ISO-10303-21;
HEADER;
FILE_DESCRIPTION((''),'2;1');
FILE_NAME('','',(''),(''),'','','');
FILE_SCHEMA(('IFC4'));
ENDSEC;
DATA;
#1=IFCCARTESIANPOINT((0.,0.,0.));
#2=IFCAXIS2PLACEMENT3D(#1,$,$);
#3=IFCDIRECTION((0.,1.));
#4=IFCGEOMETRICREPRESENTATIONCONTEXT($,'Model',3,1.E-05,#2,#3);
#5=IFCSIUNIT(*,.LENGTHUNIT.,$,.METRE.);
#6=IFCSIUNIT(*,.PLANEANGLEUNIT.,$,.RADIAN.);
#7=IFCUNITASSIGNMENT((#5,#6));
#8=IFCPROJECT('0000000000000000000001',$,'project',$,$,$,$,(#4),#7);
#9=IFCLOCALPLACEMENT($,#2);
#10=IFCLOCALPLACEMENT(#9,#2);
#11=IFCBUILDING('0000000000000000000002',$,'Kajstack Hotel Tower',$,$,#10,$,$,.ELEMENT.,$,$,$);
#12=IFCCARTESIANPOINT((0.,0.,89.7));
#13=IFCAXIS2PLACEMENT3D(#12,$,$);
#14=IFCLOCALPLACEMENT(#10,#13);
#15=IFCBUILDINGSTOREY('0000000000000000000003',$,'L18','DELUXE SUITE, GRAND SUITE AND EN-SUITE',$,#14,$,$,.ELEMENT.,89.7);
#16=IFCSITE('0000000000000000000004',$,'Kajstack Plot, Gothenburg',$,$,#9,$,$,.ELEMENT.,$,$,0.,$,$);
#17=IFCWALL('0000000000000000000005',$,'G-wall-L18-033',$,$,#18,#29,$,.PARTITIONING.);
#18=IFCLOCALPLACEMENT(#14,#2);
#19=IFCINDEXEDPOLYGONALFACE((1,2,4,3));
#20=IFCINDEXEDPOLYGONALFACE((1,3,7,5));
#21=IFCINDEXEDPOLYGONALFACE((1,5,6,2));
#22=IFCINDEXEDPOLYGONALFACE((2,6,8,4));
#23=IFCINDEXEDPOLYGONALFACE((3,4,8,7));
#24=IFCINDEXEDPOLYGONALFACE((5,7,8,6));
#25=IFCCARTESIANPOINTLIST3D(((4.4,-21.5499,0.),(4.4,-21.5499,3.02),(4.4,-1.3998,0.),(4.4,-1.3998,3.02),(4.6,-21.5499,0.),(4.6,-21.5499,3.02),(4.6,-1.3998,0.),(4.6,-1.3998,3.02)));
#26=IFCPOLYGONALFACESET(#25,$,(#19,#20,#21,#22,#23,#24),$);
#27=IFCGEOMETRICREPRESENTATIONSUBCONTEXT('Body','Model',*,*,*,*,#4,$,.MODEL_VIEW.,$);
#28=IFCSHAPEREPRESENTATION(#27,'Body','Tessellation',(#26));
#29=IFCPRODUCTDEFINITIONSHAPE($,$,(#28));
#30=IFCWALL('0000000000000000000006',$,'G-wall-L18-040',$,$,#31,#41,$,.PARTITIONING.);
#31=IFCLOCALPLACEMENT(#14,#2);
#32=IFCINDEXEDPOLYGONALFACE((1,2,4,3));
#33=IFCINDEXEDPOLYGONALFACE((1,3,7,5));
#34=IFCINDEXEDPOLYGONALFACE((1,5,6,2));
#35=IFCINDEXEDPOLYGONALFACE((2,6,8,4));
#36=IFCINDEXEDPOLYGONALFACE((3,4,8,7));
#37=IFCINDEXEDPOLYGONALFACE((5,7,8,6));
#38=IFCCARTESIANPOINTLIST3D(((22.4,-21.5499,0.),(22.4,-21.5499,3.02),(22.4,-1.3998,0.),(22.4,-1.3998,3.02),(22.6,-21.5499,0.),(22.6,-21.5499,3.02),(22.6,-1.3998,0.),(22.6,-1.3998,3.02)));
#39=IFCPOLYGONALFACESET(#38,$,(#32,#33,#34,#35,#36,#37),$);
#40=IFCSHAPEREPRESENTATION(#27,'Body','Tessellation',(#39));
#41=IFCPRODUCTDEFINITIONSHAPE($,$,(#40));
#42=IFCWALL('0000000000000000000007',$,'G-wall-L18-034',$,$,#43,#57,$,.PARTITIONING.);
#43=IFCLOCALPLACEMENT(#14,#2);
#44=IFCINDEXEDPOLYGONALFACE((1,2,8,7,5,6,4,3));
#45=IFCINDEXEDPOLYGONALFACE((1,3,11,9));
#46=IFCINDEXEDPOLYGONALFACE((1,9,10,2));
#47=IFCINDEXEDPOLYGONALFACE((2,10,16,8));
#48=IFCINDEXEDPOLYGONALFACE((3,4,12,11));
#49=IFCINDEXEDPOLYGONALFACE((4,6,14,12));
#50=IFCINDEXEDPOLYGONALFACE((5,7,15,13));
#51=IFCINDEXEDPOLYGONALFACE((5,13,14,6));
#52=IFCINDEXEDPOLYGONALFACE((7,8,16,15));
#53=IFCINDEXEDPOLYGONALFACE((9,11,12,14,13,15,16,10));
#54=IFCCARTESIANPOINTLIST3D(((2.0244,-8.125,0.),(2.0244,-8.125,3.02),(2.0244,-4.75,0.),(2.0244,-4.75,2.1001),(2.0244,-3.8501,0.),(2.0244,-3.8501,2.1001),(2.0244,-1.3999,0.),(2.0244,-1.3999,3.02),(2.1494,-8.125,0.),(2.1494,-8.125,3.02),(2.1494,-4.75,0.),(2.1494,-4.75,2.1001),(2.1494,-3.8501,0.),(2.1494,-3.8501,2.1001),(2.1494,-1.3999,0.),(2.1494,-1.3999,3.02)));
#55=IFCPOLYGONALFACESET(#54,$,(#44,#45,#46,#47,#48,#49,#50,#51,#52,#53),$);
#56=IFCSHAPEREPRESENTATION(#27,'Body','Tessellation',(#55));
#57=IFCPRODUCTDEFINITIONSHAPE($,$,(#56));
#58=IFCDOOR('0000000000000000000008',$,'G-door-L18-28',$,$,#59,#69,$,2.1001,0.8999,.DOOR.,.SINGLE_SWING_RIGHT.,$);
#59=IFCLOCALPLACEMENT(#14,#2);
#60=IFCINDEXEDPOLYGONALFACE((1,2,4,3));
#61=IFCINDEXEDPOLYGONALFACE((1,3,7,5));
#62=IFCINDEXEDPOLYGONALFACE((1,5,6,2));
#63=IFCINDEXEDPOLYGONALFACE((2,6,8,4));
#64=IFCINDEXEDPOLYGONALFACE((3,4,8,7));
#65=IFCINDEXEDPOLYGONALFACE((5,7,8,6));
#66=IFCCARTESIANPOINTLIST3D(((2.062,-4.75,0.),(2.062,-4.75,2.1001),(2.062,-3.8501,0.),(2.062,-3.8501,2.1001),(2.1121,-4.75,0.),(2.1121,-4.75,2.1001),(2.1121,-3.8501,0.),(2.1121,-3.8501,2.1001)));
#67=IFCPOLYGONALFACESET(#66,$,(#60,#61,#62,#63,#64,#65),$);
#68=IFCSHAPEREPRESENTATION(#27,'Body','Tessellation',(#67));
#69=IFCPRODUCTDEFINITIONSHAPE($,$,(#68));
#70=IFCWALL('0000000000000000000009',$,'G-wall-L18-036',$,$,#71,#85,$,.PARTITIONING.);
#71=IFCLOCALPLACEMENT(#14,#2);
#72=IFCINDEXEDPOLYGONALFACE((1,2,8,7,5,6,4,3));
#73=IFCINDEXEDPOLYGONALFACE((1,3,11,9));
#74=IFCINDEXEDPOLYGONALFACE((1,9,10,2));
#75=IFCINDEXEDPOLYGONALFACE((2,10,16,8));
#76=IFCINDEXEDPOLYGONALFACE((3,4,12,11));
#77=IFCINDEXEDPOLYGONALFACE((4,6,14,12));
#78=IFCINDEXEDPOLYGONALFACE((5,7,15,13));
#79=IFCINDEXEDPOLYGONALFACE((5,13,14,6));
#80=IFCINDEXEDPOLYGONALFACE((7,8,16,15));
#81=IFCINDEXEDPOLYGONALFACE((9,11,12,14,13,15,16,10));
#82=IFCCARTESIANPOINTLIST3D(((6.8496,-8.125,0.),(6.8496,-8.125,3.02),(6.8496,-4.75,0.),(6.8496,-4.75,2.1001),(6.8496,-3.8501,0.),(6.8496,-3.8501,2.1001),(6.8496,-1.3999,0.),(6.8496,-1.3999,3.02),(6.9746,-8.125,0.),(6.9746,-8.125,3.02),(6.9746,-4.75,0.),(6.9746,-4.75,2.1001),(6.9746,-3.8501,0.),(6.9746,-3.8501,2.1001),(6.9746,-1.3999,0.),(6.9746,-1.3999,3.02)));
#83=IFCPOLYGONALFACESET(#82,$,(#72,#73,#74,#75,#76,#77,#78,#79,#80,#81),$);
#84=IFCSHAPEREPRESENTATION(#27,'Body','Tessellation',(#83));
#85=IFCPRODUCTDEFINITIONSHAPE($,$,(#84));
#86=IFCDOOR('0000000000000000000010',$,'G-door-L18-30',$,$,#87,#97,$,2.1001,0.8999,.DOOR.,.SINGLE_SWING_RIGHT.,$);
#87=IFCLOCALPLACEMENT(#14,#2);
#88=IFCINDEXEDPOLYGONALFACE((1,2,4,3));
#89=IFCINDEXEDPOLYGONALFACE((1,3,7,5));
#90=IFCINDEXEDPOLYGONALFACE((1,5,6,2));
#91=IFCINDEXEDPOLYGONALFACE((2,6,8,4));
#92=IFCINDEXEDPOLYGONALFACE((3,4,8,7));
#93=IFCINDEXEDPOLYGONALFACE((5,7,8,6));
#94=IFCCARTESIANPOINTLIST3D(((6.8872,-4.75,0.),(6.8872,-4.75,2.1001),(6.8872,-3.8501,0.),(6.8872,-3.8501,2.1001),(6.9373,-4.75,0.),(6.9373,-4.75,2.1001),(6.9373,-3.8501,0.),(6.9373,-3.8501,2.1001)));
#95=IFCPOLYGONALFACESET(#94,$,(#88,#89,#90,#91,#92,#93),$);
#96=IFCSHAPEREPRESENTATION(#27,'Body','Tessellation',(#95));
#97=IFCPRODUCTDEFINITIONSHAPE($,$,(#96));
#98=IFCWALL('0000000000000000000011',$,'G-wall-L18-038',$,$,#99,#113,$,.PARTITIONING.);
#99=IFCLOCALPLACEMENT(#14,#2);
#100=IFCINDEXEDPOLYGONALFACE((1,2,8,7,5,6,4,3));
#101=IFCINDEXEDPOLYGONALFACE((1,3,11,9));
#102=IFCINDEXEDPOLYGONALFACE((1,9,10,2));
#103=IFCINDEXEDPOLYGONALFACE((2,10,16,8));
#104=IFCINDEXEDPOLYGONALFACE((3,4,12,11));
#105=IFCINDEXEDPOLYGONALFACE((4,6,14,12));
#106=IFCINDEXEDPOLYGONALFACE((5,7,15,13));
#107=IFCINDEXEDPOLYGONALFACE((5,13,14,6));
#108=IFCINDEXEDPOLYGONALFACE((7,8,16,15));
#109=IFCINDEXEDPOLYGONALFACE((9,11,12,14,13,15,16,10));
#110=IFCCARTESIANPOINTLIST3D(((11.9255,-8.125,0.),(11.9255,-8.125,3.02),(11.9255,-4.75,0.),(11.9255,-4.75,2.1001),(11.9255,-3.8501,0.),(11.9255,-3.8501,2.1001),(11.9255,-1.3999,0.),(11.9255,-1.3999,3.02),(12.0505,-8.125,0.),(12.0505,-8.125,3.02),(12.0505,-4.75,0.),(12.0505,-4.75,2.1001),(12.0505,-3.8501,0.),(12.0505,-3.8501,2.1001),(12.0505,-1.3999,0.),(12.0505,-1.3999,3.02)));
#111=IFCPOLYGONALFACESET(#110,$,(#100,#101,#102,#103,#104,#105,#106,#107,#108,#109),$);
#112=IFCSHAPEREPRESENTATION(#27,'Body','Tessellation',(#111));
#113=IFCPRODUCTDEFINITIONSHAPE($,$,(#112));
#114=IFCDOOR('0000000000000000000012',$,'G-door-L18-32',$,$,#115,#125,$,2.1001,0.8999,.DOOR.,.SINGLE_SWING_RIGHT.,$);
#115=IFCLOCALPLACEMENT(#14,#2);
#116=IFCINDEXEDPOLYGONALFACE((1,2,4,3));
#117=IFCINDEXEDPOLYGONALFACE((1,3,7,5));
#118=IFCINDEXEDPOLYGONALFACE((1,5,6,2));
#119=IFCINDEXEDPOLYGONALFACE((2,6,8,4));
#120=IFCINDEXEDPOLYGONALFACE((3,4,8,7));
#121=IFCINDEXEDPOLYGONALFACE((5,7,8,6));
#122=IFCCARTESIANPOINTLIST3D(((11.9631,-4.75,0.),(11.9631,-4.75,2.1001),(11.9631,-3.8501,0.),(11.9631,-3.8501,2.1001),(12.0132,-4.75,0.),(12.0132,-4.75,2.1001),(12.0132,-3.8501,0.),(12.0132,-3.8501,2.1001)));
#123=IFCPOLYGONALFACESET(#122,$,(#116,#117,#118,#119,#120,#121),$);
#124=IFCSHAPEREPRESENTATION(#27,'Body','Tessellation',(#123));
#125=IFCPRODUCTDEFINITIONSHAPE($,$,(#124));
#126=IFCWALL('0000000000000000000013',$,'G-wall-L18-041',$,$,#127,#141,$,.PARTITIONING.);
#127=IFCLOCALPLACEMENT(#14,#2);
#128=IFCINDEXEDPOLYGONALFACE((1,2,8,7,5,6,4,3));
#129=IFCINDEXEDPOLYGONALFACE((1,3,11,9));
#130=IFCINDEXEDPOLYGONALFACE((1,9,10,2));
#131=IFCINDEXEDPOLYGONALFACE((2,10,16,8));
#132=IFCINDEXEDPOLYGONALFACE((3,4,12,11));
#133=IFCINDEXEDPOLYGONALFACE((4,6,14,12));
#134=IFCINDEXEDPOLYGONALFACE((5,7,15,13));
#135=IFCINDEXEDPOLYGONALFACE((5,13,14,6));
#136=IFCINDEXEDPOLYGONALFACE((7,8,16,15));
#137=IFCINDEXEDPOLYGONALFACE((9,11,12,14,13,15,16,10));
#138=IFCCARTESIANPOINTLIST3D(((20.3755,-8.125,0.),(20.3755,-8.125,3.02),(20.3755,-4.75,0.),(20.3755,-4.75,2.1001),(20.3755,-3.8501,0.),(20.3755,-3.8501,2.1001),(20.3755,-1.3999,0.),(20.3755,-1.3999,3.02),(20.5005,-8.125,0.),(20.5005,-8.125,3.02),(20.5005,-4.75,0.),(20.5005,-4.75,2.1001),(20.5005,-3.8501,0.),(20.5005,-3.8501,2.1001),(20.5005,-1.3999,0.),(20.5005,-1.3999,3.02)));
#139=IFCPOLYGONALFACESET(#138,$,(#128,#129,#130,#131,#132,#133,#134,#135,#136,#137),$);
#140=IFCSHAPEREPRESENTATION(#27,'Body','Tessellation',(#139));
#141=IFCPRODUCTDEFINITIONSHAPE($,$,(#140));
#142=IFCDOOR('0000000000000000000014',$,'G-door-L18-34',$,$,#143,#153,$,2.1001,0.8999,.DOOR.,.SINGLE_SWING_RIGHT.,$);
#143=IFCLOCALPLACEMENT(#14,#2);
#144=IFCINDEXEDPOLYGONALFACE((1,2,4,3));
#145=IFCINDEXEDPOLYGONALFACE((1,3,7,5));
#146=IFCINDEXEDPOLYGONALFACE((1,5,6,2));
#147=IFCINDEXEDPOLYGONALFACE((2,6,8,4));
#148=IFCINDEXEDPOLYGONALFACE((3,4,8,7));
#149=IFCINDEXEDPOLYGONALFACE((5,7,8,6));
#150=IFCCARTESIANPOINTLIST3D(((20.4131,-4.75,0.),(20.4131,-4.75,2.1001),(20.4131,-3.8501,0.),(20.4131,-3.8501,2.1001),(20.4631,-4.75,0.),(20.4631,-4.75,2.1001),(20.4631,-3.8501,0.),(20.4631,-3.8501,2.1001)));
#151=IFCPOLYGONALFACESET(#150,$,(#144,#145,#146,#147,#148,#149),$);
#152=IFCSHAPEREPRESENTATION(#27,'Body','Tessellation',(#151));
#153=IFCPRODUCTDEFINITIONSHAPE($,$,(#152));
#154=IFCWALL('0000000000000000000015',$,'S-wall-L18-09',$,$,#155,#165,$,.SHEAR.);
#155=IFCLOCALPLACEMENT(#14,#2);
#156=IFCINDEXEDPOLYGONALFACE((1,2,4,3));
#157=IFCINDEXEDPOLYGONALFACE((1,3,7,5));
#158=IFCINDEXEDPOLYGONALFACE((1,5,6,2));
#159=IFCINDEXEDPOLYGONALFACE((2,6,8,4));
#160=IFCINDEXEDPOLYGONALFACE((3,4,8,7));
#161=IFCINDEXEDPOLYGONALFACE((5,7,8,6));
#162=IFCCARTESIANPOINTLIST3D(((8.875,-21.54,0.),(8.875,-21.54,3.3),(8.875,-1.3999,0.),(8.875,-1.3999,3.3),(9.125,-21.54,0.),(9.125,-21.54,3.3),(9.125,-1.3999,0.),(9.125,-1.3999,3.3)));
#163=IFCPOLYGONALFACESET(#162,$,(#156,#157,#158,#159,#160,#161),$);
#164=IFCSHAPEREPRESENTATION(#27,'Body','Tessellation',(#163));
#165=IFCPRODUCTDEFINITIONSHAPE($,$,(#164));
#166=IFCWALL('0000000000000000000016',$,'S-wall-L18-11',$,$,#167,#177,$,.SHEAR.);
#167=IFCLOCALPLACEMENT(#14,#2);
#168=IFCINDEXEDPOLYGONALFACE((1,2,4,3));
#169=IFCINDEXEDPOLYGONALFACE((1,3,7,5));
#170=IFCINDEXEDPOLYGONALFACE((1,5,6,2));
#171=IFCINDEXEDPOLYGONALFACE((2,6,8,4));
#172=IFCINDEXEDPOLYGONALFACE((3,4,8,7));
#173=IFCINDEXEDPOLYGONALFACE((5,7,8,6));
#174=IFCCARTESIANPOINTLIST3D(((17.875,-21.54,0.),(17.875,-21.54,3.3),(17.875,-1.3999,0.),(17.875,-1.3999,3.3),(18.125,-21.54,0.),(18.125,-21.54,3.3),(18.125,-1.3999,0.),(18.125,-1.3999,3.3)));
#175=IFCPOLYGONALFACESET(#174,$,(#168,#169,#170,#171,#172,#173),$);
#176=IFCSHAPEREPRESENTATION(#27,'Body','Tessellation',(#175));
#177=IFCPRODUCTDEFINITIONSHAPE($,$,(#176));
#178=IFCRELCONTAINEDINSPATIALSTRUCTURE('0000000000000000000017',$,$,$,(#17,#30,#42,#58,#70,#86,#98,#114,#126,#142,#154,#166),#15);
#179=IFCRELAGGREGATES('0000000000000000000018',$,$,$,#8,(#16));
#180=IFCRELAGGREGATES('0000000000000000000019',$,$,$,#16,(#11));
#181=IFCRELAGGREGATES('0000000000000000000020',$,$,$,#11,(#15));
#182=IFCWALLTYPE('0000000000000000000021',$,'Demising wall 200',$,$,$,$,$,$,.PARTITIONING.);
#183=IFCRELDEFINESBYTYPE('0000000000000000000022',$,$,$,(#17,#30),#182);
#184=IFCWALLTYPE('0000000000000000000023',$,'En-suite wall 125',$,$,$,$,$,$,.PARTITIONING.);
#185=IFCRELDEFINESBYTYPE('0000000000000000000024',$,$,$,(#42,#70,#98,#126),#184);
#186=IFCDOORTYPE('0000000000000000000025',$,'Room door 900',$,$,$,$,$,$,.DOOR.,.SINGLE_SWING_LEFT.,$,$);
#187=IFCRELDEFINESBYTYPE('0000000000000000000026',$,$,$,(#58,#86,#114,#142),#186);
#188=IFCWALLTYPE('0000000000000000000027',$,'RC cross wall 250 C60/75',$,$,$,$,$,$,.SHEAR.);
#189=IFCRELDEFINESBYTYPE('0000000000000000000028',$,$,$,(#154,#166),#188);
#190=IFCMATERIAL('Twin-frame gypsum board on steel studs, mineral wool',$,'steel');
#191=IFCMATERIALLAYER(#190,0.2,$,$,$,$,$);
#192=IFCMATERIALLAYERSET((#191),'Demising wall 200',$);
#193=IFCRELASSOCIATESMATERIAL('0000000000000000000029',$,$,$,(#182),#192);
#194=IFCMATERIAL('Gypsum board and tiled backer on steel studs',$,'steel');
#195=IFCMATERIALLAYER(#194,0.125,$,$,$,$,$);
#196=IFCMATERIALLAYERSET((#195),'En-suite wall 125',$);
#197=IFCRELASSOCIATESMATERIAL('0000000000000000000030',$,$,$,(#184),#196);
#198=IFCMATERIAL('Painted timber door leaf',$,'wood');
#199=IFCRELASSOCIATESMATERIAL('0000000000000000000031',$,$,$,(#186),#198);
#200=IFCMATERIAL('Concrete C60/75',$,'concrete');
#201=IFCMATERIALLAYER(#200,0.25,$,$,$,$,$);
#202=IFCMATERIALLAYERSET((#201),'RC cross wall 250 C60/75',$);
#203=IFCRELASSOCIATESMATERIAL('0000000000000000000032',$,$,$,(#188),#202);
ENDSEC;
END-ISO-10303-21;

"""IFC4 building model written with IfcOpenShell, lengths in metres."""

from ifc_helpers import new_model, si_unit, direction, frame, frame_2d, origin, place, context, subcontext, project, spatial, rectangle, extrude, material, layer, layer_set, type_object, element, fill, save


model = new_model("IFC4")

# Units and contexts
model_context = context("Model", 3, precision=1e-05, world=origin(), true_north=direction((0.0, 1.0)))
body_context = subcontext(model_context, "Body", "Model", "MODEL_VIEW")
ifc_project = project(units=[si_unit("LENGTHUNIT", "METRE"), si_unit("PLANEANGLEUNIT", "RADIAN")], contexts=[model_context])

# Site, building, storey
site_placement = place(None, origin())
site = spatial("IfcSite", under=ifc_project, at=site_placement, Name="Kajstack Plot, Gothenburg", CompositionType="ELEMENT", RefElevation=0.0)
building_placement = place(site_placement, origin())
building = spatial("IfcBuilding", under=site, at=building_placement, Name="Kajstack Hotel Tower", CompositionType="ELEMENT")
storey_placement = place(building_placement, frame((0.0, 0.0, 89.7)))
storey = spatial("IfcBuildingStorey", under=building, at=storey_placement, Name="L18", Description="DELUXE SUITE, GRAND SUITE AND EN-SUITE", CompositionType="ELEMENT", Elevation=89.7)

# Walls
ifc_material_1 = material(Name="Twin-frame gypsum board on steel studs, mineral wool", Category="steel")
ifc_layer_1 = layer(ifc_material_1, 0.2)
ifc_layer_set_1 = layer_set([ifc_layer_1], Name="Demising wall 200")
wall_type_1 = type_object("IfcWallType", Name="Demising wall 200", PredefinedType="PARTITIONING", material=ifc_layer_set_1)
for number, where, z_axis, x_axis, name in (
    (1, (4.5, -21.55, 0.0), (0.0, 0.0, 1.0), (0.0, 1.0, 0.0), "G-wall-L18-033"),
    (2, (22.5, -21.55, 0.0), (0.0, 0.0, 1.0), (0.0, 1.0, 0.0), "G-wall-L18-040"),
):
    element("IfcWall", number, at=place(storey_placement, frame(where, z_axis=z_axis, x_axis=x_axis)), inside=storey, type_object=wall_type_1, Name=name, PredefinedType="PARTITIONING", context=body_context, shape_type="SweptSolid", body=[
        extrude(rectangle(XDim=20.1501, YDim=0.2, at=frame_2d((10.0752, 0.0))), origin(), (0.0, 0.0, 1.0), 3.02),
    ])

# Walls, openings, doors
ifc_material_2 = material(Name="Gypsum board and tiled backer on steel studs", Category="steel")
ifc_layer_2 = layer(ifc_material_2, 0.125)
ifc_layer_set_2 = layer_set([ifc_layer_2], Name="En-suite wall 125")
wall_type_2 = type_object("IfcWallType", Name="En-suite wall 125", PredefinedType="PARTITIONING", material=ifc_layer_set_2)
wall_1_placement = place(storey_placement, frame((2.0869, -8.125, 0.0), z_axis=(0.0, 0.0, 1.0), x_axis=(0.0, 1.0, 0.0)))
wall_1 = element("IfcWall", 3, at=wall_1_placement, inside=storey, type_object=wall_type_2, Name="G-wall-L18-034", PredefinedType="PARTITIONING", context=body_context, shape_type="SweptSolid", body=[
    extrude(rectangle(XDim=6.7251, YDim=0.125, at=frame_2d((3.3625, 0.0))), origin(), (0.0, 0.0, 1.0), 3.02),
])
opening_1_placement = place(wall_1_placement, frame((3.375, 0.0, 0.0)))
opening_1 = element("IfcOpeningElement", 4, at=opening_1_placement, cuts=wall_1, PredefinedType="OPENING", context=body_context, shape_type="SweptSolid", body=[
    extrude(rectangle(XDim=0.8999, YDim=2.1001, at=frame_2d((0.45, 1.05))), frame((0.0, 0.0725, 0.0), z_axis=(0.0, -1.0, 0.0), x_axis=(1.0, 0.0, 0.0)), (0.0, 0.0, 1.0), 0.145),
])
ifc_material_3 = material(Name="Painted timber door leaf", Category="wood")
door_type = type_object("IfcDoorType", Name="Room door 900", OperationType="SINGLE_SWING_LEFT", PredefinedType="DOOR", material=ifc_material_3)
door_1_placement = place(opening_1_placement, origin())
door_1 = element("IfcDoor", 5, at=door_1_placement, inside=storey, type_object=door_type, Name="G-door-L18-28", OperationType="SINGLE_SWING_RIGHT", OverallHeight=2.1001, OverallWidth=0.8999, PredefinedType="DOOR", context=body_context, shape_type="SweptSolid", body=[
    extrude(rectangle(XDim=0.8999, YDim=2.1001, at=frame_2d((0.45, 1.05))), frame((0.0, 0.0249, 0.0), z_axis=(0.0, -1.0, 0.0), x_axis=(1.0, 0.0, 0.0)), (0.0, 0.0, 1.0), 0.05),
])
fill(opening_1, door_1)
wall_2_placement = place(storey_placement, frame((6.9121, -8.125, 0.0), z_axis=(0.0, 0.0, 1.0), x_axis=(0.0, 1.0, 0.0)))
wall_2 = element("IfcWall", 6, at=wall_2_placement, inside=storey, type_object=wall_type_2, Name="G-wall-L18-036", PredefinedType="PARTITIONING", context=body_context, shape_type="SweptSolid", body=[
    extrude(rectangle(XDim=6.7251, YDim=0.125, at=frame_2d((3.3625, 0.0))), origin(), (0.0, 0.0, 1.0), 3.02),
])
opening_2_placement = place(wall_2_placement, frame((3.375, 0.0, 0.0)))
opening_2 = element("IfcOpeningElement", 7, at=opening_2_placement, cuts=wall_2, PredefinedType="OPENING", context=body_context, shape_type="SweptSolid", body=[
    extrude(rectangle(XDim=0.8999, YDim=2.1001, at=frame_2d((0.45, 1.05))), frame((0.0, 0.0725, 0.0), z_axis=(0.0, -1.0, 0.0), x_axis=(1.0, 0.0, 0.0)), (0.0, 0.0, 1.0), 0.145),
])
door_2_placement = place(opening_2_placement, origin())
door_2 = element("IfcDoor", 8, at=door_2_placement, inside=storey, type_object=door_type, Name="G-door-L18-30", OperationType="SINGLE_SWING_RIGHT", OverallHeight=2.1001, OverallWidth=0.8999, PredefinedType="DOOR", context=body_context, shape_type="SweptSolid", body=[
    extrude(rectangle(XDim=0.8999, YDim=2.1001, at=frame_2d((0.45, 1.05))), frame((0.0, 0.0249, 0.0), z_axis=(0.0, -1.0, 0.0), x_axis=(1.0, 0.0, 0.0)), (0.0, 0.0, 1.0), 0.05),
])
fill(opening_2, door_2)
wall_3_placement = place(storey_placement, frame((11.988, -8.125, 0.0), z_axis=(0.0, 0.0, 1.0), x_axis=(0.0, 1.0, 0.0)))
wall_3 = element("IfcWall", 9, at=wall_3_placement, inside=storey, type_object=wall_type_2, Name="G-wall-L18-038", PredefinedType="PARTITIONING", context=body_context, shape_type="SweptSolid", body=[
    extrude(rectangle(XDim=6.7251, YDim=0.125, at=frame_2d((3.3625, 0.0))), origin(), (0.0, 0.0, 1.0), 3.02),
])
opening_3_placement = place(wall_3_placement, frame((3.375, 0.0, 0.0)))
opening_3 = element("IfcOpeningElement", 10, at=opening_3_placement, cuts=wall_3, PredefinedType="OPENING", context=body_context, shape_type="SweptSolid", body=[
    extrude(rectangle(XDim=0.8999, YDim=2.1001, at=frame_2d((0.45, 1.05))), frame((0.0, 0.0725, 0.0), z_axis=(0.0, -1.0, 0.0), x_axis=(1.0, 0.0, 0.0)), (0.0, 0.0, 1.0), 0.145),
])
door_3_placement = place(opening_3_placement, origin())
door_3 = element("IfcDoor", 11, at=door_3_placement, inside=storey, type_object=door_type, Name="G-door-L18-32", OperationType="SINGLE_SWING_RIGHT", OverallHeight=2.1001, OverallWidth=0.8999, PredefinedType="DOOR", context=body_context, shape_type="SweptSolid", body=[
    extrude(rectangle(XDim=0.8999, YDim=2.1001, at=frame_2d((0.45, 1.05))), frame((0.0, 0.0249, 0.0), z_axis=(0.0, -1.0, 0.0), x_axis=(1.0, 0.0, 0.0)), (0.0, 0.0, 1.0), 0.05),
])
fill(opening_3, door_3)
wall_4_placement = place(storey_placement, frame((20.438, -8.125, 0.0), z_axis=(0.0, 0.0, 1.0), x_axis=(0.0, 1.0, 0.0)))
wall_4 = element("IfcWall", 12, at=wall_4_placement, inside=storey, type_object=wall_type_2, Name="G-wall-L18-041", PredefinedType="PARTITIONING", context=body_context, shape_type="SweptSolid", body=[
    extrude(rectangle(XDim=6.7251, YDim=0.125, at=frame_2d((3.3625, 0.0))), origin(), (0.0, 0.0, 1.0), 3.02),
])
opening_4_placement = place(wall_4_placement, frame((3.375, 0.0, 0.0)))
opening_4 = element("IfcOpeningElement", 13, at=opening_4_placement, cuts=wall_4, PredefinedType="OPENING", context=body_context, shape_type="SweptSolid", body=[
    extrude(rectangle(XDim=0.8999, YDim=2.1001, at=frame_2d((0.45, 1.05))), frame((0.0, 0.0725, 0.0), z_axis=(0.0, -1.0, 0.0), x_axis=(1.0, 0.0, 0.0)), (0.0, 0.0, 1.0), 0.145),
])
door_4_placement = place(opening_4_placement, origin())
door_4 = element("IfcDoor", 14, at=door_4_placement, inside=storey, type_object=door_type, Name="G-door-L18-34", OperationType="SINGLE_SWING_RIGHT", OverallHeight=2.1001, OverallWidth=0.8999, PredefinedType="DOOR", context=body_context, shape_type="SweptSolid", body=[
    extrude(rectangle(XDim=0.8999, YDim=2.1001, at=frame_2d((0.45, 1.05))), frame((0.0, 0.0249, 0.0), z_axis=(0.0, -1.0, 0.0), x_axis=(1.0, 0.0, 0.0)), (0.0, 0.0, 1.0), 0.05),
])
fill(opening_4, door_4)

# Walls
ifc_material_4 = material(Name="Concrete C60/75", Category="concrete")
ifc_layer_3 = layer(ifc_material_4, 0.25)
ifc_layer_set_3 = layer_set([ifc_layer_3], Name="RC cross wall 250 C60/75")
wall_type_3 = type_object("IfcWallType", Name="RC cross wall 250 C60/75", PredefinedType="SHEAR", material=ifc_layer_set_3)
for number, where, z_axis, x_axis, name in (
    (15, (9.0, -21.54, 0.0), (0.0, 0.0, 1.0), (0.0, 1.0, 0.0), "S-wall-L18-09"),
    (16, (18.0, -21.54, 0.0), (0.0, 0.0, 1.0), (0.0, 1.0, 0.0), "S-wall-L18-11"),
):
    element("IfcWall", number, at=place(storey_placement, frame(where, z_axis=z_axis, x_axis=x_axis)), inside=storey, type_object=wall_type_3, Name=name, PredefinedType="SHEAR", context=body_context, shape_type="SweptSolid", body=[
        extrude(rectangle(XDim=20.1401, YDim=0.25, at=frame_2d((10.0701, 0.0))), origin(), (0.0, 0.0, 1.0), 3.3),
    ])

save(model, "model.ifc")
